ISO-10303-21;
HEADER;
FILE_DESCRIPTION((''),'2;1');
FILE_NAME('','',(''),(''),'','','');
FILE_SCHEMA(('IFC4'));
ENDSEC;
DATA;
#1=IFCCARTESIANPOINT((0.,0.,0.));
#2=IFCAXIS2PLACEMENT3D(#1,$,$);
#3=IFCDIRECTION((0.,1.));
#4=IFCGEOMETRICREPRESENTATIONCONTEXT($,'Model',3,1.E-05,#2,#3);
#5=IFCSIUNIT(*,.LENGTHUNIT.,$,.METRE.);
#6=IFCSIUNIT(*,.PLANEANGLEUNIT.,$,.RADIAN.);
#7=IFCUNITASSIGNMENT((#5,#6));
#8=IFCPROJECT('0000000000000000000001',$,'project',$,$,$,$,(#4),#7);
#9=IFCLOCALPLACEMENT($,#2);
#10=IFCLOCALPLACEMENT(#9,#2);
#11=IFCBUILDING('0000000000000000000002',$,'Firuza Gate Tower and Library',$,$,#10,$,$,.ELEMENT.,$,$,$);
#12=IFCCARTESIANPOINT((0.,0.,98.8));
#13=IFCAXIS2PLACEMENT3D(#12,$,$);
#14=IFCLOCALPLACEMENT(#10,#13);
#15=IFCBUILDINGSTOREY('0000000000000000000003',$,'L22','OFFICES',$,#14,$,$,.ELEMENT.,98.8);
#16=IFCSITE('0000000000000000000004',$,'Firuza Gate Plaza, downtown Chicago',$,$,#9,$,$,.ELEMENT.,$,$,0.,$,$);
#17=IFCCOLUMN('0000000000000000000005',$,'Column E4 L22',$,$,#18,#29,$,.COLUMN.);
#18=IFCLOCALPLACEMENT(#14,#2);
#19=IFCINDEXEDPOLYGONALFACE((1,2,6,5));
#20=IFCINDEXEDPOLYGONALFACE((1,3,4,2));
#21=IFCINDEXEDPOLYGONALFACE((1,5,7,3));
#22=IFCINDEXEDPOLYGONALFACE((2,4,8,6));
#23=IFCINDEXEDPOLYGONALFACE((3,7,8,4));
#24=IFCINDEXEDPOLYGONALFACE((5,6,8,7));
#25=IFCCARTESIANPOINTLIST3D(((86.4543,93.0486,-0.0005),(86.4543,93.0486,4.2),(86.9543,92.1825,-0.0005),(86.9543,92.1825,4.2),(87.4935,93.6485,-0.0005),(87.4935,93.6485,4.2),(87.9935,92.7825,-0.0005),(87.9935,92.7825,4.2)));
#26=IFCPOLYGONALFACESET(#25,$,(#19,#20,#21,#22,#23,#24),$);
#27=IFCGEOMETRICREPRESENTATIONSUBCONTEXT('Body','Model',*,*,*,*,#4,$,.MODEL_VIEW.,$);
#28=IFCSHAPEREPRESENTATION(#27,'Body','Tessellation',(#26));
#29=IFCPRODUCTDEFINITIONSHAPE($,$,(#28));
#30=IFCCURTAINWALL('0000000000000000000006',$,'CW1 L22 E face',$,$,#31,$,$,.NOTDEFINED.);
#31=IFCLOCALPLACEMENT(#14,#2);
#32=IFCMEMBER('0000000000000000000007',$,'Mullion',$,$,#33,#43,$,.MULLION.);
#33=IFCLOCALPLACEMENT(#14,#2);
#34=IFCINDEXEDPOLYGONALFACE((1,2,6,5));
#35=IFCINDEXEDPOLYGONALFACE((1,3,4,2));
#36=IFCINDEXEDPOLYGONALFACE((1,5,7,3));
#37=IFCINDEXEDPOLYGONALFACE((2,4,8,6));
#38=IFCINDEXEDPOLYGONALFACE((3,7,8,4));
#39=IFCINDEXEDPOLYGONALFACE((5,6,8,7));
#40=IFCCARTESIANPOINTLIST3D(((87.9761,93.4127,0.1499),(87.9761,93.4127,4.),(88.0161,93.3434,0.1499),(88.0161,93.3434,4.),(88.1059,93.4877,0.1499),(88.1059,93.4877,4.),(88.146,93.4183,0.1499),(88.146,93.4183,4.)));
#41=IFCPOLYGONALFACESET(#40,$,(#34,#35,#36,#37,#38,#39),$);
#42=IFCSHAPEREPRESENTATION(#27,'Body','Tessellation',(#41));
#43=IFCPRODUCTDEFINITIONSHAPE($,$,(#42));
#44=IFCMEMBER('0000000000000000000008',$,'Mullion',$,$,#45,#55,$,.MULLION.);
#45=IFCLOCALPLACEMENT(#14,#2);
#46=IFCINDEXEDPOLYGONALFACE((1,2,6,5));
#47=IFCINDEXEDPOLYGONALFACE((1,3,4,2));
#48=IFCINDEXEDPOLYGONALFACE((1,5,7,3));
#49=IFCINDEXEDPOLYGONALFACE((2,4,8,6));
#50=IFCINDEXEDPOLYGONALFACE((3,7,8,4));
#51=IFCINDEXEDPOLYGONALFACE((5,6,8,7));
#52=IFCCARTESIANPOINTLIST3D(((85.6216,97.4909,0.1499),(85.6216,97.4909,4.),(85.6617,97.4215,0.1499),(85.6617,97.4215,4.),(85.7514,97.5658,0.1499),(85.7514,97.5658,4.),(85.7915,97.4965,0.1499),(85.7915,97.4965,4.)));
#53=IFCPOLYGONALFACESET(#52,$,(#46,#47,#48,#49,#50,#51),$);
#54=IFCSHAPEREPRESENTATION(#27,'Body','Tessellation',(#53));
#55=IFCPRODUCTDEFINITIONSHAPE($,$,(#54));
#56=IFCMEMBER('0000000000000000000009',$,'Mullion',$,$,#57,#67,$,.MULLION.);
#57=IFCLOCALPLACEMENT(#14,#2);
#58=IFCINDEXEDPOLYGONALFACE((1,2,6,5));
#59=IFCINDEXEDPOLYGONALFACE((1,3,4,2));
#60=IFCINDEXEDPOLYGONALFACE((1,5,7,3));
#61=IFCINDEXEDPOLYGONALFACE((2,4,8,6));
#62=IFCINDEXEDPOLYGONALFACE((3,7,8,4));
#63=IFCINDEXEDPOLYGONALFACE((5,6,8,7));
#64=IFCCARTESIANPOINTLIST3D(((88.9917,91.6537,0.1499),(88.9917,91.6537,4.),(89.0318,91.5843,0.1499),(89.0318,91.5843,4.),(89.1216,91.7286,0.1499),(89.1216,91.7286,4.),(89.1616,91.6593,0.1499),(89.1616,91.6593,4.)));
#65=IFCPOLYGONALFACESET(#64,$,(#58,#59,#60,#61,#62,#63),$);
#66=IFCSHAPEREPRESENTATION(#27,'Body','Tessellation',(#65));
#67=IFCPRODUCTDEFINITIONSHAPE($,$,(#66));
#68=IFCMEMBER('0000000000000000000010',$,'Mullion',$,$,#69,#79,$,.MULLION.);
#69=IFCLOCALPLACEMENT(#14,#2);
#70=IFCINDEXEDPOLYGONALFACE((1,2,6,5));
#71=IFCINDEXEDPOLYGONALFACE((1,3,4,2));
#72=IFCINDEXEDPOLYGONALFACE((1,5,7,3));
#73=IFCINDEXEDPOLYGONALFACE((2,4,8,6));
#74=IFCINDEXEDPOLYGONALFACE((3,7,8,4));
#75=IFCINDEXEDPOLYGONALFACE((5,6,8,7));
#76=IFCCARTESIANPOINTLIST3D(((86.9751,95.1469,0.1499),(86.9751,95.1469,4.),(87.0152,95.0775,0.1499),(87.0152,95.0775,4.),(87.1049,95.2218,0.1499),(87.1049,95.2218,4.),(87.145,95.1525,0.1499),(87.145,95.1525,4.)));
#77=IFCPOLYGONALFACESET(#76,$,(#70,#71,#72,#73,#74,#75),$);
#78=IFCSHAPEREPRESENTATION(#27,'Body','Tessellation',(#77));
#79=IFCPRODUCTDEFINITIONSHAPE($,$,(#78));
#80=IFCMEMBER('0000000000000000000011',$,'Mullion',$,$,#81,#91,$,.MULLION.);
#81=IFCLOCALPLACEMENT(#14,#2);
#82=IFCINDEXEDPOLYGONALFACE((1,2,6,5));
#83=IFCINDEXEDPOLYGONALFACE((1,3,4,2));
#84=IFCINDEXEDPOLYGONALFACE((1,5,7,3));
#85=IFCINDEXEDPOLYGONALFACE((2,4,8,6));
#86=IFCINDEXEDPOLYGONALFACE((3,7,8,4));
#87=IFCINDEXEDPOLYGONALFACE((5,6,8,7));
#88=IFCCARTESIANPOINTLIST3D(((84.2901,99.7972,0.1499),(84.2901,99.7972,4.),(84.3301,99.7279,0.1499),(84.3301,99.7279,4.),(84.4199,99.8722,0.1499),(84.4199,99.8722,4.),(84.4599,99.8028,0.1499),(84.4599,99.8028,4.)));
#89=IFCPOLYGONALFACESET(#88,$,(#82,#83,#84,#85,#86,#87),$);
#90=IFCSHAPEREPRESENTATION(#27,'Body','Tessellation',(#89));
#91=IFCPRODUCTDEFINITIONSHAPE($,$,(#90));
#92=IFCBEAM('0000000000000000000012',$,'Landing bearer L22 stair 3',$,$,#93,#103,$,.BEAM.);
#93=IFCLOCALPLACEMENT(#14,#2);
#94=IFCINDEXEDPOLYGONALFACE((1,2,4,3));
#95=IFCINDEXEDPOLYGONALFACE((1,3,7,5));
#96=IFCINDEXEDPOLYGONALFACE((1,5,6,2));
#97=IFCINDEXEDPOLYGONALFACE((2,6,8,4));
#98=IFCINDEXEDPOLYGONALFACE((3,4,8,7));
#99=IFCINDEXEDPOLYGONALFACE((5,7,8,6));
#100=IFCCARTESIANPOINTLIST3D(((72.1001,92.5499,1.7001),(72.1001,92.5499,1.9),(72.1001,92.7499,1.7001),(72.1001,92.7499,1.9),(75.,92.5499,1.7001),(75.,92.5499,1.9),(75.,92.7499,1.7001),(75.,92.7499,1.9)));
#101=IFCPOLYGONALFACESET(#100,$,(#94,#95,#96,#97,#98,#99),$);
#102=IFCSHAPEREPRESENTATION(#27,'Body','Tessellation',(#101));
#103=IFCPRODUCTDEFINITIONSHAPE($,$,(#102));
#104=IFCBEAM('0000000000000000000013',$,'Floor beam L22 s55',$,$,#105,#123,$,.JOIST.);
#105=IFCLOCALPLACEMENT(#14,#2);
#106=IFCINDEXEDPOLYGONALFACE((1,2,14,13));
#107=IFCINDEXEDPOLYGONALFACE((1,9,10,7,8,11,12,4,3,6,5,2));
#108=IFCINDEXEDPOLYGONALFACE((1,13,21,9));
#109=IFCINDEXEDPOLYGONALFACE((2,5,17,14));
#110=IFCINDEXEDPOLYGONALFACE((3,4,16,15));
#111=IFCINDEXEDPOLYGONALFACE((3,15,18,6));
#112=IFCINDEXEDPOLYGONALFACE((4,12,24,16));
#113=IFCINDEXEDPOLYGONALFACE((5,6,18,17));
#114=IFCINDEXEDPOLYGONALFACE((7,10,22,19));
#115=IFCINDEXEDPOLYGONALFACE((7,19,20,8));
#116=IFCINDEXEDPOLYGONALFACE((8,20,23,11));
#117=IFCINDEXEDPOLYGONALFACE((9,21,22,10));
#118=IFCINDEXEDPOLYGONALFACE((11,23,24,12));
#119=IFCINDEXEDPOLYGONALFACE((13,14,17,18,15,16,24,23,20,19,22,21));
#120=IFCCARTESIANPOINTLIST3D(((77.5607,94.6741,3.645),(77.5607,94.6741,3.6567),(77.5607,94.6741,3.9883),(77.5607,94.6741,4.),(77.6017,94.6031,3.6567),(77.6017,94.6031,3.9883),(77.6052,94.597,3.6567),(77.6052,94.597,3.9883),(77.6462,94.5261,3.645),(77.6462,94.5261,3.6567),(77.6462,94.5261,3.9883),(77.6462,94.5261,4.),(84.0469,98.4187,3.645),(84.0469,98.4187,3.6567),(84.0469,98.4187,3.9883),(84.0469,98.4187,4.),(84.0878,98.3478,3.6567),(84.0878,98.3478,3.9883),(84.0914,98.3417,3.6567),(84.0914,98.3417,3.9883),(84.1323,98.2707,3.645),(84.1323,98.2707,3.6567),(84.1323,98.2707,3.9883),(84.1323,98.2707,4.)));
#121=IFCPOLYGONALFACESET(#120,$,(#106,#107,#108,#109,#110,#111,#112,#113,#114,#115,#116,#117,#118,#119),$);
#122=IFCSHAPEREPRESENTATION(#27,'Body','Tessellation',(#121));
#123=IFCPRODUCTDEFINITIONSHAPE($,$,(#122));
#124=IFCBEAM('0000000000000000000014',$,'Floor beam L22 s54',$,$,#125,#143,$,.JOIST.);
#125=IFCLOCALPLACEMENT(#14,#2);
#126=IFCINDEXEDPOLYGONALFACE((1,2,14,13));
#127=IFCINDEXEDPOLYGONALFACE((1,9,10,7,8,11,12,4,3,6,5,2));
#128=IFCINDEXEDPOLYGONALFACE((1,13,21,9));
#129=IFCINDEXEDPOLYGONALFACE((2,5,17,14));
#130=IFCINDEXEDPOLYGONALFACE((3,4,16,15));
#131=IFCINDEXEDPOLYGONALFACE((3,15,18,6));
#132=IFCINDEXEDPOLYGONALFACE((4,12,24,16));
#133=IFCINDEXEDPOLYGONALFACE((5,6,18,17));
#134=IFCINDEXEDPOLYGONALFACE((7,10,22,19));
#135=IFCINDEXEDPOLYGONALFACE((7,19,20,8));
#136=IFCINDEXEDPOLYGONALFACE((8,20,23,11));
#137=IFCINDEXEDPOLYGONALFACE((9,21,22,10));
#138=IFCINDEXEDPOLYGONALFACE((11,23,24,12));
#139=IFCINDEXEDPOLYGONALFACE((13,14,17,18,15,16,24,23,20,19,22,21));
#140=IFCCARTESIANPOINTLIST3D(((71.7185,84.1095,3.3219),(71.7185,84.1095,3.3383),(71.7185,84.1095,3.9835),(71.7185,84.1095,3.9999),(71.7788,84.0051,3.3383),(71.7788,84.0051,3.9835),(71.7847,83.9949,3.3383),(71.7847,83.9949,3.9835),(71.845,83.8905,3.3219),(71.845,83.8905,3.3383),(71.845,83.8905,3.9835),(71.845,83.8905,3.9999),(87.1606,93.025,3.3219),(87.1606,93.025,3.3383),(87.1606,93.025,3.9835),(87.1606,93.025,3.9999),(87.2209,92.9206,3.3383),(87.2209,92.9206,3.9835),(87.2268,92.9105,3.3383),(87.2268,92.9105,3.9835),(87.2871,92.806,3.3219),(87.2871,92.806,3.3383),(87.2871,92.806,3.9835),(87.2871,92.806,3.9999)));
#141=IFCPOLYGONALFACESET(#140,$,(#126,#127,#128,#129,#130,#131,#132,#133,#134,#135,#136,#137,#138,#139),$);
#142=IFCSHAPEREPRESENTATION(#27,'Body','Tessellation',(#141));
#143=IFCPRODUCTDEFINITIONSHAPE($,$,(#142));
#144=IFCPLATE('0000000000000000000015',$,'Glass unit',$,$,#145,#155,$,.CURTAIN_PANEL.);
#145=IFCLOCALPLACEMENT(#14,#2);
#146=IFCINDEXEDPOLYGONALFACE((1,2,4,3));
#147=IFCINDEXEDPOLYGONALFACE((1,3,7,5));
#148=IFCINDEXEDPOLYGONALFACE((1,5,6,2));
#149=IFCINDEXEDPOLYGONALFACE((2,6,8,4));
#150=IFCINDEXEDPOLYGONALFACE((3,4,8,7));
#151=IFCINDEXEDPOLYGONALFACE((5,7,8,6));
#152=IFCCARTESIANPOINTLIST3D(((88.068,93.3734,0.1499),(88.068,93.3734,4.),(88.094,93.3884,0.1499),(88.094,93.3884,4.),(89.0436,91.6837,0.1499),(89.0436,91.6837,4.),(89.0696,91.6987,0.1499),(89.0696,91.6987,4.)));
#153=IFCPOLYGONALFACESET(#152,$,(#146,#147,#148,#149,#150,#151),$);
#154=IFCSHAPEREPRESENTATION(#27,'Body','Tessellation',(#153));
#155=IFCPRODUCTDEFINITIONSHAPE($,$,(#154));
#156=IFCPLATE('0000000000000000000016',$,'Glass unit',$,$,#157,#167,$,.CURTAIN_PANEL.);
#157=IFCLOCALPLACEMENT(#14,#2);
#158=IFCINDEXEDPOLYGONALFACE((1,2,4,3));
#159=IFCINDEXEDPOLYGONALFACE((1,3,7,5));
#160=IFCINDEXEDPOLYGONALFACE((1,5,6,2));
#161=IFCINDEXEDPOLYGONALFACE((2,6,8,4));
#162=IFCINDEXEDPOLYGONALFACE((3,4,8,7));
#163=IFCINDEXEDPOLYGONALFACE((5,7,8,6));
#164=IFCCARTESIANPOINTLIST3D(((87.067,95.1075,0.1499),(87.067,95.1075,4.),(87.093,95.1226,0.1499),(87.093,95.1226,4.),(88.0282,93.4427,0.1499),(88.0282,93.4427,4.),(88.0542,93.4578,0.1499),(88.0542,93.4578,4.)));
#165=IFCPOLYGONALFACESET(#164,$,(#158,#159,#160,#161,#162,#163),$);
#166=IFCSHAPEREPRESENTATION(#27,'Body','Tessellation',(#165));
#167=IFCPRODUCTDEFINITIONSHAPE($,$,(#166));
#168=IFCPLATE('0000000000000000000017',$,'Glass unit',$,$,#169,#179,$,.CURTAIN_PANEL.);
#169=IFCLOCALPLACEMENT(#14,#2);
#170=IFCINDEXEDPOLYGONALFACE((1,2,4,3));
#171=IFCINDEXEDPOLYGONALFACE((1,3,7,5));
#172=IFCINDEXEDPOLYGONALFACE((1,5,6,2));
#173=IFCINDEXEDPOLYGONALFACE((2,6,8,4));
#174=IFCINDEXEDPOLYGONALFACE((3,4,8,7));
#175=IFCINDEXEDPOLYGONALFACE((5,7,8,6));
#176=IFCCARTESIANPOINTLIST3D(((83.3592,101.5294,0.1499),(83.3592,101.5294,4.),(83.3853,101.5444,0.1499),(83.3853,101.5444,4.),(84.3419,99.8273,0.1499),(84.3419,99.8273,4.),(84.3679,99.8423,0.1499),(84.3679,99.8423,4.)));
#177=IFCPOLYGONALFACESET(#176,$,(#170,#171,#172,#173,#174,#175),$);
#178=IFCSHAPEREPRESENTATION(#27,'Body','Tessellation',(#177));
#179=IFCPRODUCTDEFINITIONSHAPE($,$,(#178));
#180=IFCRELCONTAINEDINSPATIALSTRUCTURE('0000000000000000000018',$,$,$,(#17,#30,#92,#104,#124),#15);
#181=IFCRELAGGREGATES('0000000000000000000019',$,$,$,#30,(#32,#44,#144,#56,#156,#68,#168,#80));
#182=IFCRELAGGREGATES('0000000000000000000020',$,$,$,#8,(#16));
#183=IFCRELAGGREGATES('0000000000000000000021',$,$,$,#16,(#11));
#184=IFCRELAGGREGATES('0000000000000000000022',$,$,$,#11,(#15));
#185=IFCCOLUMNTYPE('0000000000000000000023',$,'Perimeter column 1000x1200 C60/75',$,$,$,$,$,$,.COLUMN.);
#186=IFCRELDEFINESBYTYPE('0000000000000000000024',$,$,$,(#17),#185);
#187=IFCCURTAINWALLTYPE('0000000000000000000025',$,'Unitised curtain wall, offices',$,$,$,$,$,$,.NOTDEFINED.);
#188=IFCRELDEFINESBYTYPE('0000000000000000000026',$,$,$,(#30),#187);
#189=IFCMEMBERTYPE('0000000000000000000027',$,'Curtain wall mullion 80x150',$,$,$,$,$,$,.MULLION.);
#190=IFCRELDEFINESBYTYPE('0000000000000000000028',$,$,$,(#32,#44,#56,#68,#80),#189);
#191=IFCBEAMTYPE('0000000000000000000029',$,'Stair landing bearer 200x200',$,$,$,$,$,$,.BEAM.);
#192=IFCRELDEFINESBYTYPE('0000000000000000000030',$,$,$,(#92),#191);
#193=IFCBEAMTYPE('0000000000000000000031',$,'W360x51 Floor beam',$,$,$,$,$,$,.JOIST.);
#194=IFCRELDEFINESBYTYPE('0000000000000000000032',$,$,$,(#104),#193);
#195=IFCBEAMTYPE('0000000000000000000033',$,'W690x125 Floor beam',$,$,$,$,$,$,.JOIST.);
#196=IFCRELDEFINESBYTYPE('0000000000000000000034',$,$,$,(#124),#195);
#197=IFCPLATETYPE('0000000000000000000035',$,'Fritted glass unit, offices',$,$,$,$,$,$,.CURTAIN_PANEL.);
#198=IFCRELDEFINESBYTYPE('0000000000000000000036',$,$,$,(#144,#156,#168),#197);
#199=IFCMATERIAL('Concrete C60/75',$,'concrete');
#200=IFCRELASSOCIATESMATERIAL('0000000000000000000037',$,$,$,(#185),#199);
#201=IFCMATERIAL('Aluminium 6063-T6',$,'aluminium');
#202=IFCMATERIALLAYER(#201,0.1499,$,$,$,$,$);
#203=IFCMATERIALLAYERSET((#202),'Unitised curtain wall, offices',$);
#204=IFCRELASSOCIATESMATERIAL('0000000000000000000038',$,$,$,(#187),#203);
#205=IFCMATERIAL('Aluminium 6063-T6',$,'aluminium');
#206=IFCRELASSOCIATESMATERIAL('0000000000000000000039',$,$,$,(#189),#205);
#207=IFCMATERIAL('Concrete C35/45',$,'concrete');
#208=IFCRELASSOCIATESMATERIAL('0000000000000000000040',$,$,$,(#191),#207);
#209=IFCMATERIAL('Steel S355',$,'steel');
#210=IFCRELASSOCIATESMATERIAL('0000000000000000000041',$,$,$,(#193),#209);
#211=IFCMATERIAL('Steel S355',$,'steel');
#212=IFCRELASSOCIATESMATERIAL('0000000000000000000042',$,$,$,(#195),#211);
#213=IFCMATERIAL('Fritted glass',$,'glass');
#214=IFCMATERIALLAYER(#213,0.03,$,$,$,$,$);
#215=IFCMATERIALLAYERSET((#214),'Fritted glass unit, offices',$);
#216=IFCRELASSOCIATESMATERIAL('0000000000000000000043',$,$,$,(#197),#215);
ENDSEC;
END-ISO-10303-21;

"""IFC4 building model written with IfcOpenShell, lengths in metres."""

from ifc_helpers import new_model, si_unit, direction, frame, origin, origin_2d, place, context, subcontext, project, spatial, polyline, rectangle, i_section, outline, extrude, material, layer, layer_set, material_profile, profile_set, type_object, element, aggregate, save


model = new_model("IFC4")

# Units and contexts
model_context = context("Model", 3, precision=1e-05, world=origin(), true_north=direction((0.0, 1.0)))
body_context = subcontext(model_context, "Body", "Model", "MODEL_VIEW")
ifc_project = project(units=[si_unit("LENGTHUNIT", "METRE"), si_unit("PLANEANGLEUNIT", "RADIAN")], contexts=[model_context])

# Site, building, storey
site_placement = place(None, origin())
site = spatial("IfcSite", under=ifc_project, at=site_placement, Name="Firuza Gate Plaza, downtown Chicago", CompositionType="ELEMENT", RefElevation=0.0)
building_placement = place(site_placement, origin())
building = spatial("IfcBuilding", under=site, at=building_placement, Name="Firuza Gate Tower and Library", CompositionType="ELEMENT")
storey_placement = place(building_placement, frame((0.0, 0.0, 98.8)))
storey = spatial("IfcBuildingStorey", under=building, at=storey_placement, Name="L22", Description="OFFICES", CompositionType="ELEMENT", Elevation=98.8)

# Column
ifc_material_1 = material(Name="Concrete C60/75", Category="concrete")
ifc_material_profile_1 = material_profile(ifc_material_1, rectangle(XDim=1.0, YDim=1.2, at=origin_2d()))
ifc_profile_set_1 = profile_set([ifc_material_profile_1], Name="Concrete C60/75")
column_type = type_object("IfcColumnType", Name="Perimeter column 1000x1200 C60/75", PredefinedType="COLUMN", material=ifc_profile_set_1)
column_placement = place(storey_placement, frame((87.2239, 92.9155, -0.0005), z_axis=(0.0, 0.0, 1.0), x_axis=(-0.5, 0.866025, 0.0)))
element("IfcColumn", 1, at=column_placement, inside=storey, type_object=column_type, Name="Column E4 L22", PredefinedType="COLUMN", context=body_context, shape_type="SweptSolid", body=[
    extrude(rectangle(XDim=1.0, YDim=1.2, at=origin_2d()), origin(), (0.0, 0.0, 1.0), 4.2004),
])

# Curtain wall, members
ifc_material_2 = material(Name="Aluminium 6063-T6", Category="aluminium")
ifc_layer_1 = layer(ifc_material_2, 0.1499)
ifc_layer_set_1 = layer_set([ifc_layer_1], Name="Unitised curtain wall, offices")
curtain_wall_type = type_object("IfcCurtainWallType", Name="Unitised curtain wall, offices", PredefinedType="NOTDEFINED", material=ifc_layer_set_1)
placement = place(storey_placement, origin())
curtain_wall = element("IfcCurtainWall", 2, at=placement, inside=storey, type_object=curtain_wall_type, Name="CW1 L22 E face", PredefinedType="NOTDEFINED")
ifc_material_3 = material(Name="Aluminium 6063-T6", Category="aluminium")
ifc_material_profile_2 = material_profile(ifc_material_3, rectangle(XDim=0.1499, YDim=0.0801, at=origin_2d()))
ifc_profile_set_2 = profile_set([ifc_material_profile_2], Name="Aluminium 6063-T6")
member_type = type_object("IfcMemberType", Name="Curtain wall mullion 80x150", PredefinedType="MULLION", material=ifc_profile_set_2)
member_1_placement = place(storey_placement, frame((88.061, 93.4155, 0.1499), z_axis=(0.0, 0.0, 1.0), x_axis=(-0.866025, -0.5, 0.0)))
member_1 = element("IfcMember", 3, at=member_1_placement, type_object=member_type, Name="Mullion", PredefinedType="MULLION", context=body_context, shape_type="SweptSolid", body=[
    extrude(rectangle(XDim=0.1499, YDim=0.0801, at=origin_2d()), origin(), (0.0, 0.0, 1.0), 3.8501),
])
member_2_placement = place(storey_placement, frame((85.7065, 97.4937, 0.1499), z_axis=(0.0, 0.0, 1.0), x_axis=(-0.866025, -0.5, 0.0)))
member_2 = element("IfcMember", 4, at=member_2_placement, type_object=member_type, Name="Mullion", PredefinedType="MULLION", context=body_context, shape_type="SweptSolid", body=[
    extrude(rectangle(XDim=0.1499, YDim=0.0801, at=origin_2d()), origin(), (0.0, 0.0, 1.0), 3.8501),
])
member_3_placement = place(storey_placement, frame((89.0767, 91.6565, 0.1499), z_axis=(0.0, 0.0, 1.0), x_axis=(-0.866025, -0.5, 0.0)))
member_3 = element("IfcMember", 5, at=member_3_placement, type_object=member_type, Name="Mullion", PredefinedType="MULLION", context=body_context, shape_type="SweptSolid", body=[
    extrude(rectangle(XDim=0.1499, YDim=0.0801, at=origin_2d()), origin(), (0.0, 0.0, 1.0), 3.8501),
])
member_4_placement = place(storey_placement, frame((87.0601, 95.1497, 0.1499), z_axis=(0.0, 0.0, 1.0), x_axis=(-0.866025, -0.5, 0.0)))
member_4 = element("IfcMember", 6, at=member_4_placement, type_object=member_type, Name="Mullion", PredefinedType="MULLION", context=body_context, shape_type="SweptSolid", body=[
    extrude(rectangle(XDim=0.1499, YDim=0.0801, at=origin_2d()), origin(), (0.0, 0.0, 1.0), 3.8501),
])
member_5_placement = place(storey_placement, frame((84.375, 99.8, 0.1499), z_axis=(0.0, 0.0, 1.0), x_axis=(-0.866025, -0.5, 0.0)))
member_5 = element("IfcMember", 7, at=member_5_placement, type_object=member_type, Name="Mullion", PredefinedType="MULLION", context=body_context, shape_type="SweptSolid", body=[
    extrude(rectangle(XDim=0.1499, YDim=0.0801, at=origin_2d()), origin(), (0.0, 0.0, 1.0), 3.8501),
])

# Beams
ifc_material_4 = material(Name="Concrete C35/45", Category="concrete")
ifc_material_profile_3 = material_profile(ifc_material_4, rectangle(XDim=0.2, YDim=0.2, at=origin_2d()))
ifc_profile_set_3 = profile_set([ifc_material_profile_3], Name="Concrete C35/45")
beam_type_1 = type_object("IfcBeamType", Name="Stair landing bearer 200x200", PredefinedType="BEAM", material=ifc_profile_set_3)
beam_1_placement = place(storey_placement, frame((75.0, 92.6499, 1.8), z_axis=(-1.0, 0.0, 0.0), x_axis=(0.0, -1.0, 0.0)))
element("IfcBeam", 8, at=beam_1_placement, inside=storey, type_object=beam_type_1, Name="Landing bearer L22 stair 3", PredefinedType="BEAM", context=body_context, shape_type="SweptSolid", body=[
    extrude(rectangle(XDim=0.2, YDim=0.2, at=origin_2d()), origin(), (0.0, 0.0, 1.0), 2.8999),
])
ifc_material_5 = material(Name="Steel S355", Category="steel")
ifc_material_profile_4 = material_profile(ifc_material_5, i_section(OverallWidth=0.1709, OverallDepth=0.355, WebThickness=0.0071, FlangeThickness=0.0117, at=origin_2d()))
ifc_profile_set_4 = profile_set([ifc_material_profile_4], Name="Steel S355")
beam_type_2 = type_object("IfcBeamType", Name="W360x51 Floor beam", PredefinedType="JOIST", material=ifc_profile_set_4)
beam_2_placement = place(storey_placement, frame((84.0896, 98.3447, 3.8225), z_axis=(-0.866032, -0.499989, 0.0), x_axis=(0.499989, -0.866032, 0.0)))
element("IfcBeam", 9, at=beam_2_placement, inside=storey, type_object=beam_type_2, Name="Floor beam L22 s55", PredefinedType="JOIST", context=body_context, shape_type="SweptSolid", body=[
    extrude(i_section(OverallWidth=0.1709, OverallDepth=0.355, WebThickness=0.0071, FlangeThickness=0.0117, at=origin_2d()), origin(), (0.0, 0.0, 1.0), 7.4895),
])
ifc_material_6 = material(Name="Steel S355", Category="steel")
ifc_material_profile_5 = material_profile(ifc_material_6, i_section(OverallWidth=0.2529, OverallDepth=0.678, WebThickness=0.0117, FlangeThickness=0.0164, at=origin_2d()))
ifc_profile_set_5 = profile_set([ifc_material_profile_5], Name="Steel S355")
beam_type_3 = type_object("IfcBeamType", Name="W690x125 Floor beam", PredefinedType="JOIST", material=ifc_profile_set_5)
beam_3_placement = place(storey_placement, frame((87.2239, 92.9155, 3.6609), z_axis=(-0.866025, -0.5, 0.0), x_axis=(0.5, -0.866025, 0.0)))
element("IfcBeam", 10, at=beam_3_placement, inside=storey, type_object=beam_type_3, Name="Floor beam L22 s54", PredefinedType="JOIST", context=body_context, shape_type="SweptSolid", body=[
    extrude(i_section(OverallWidth=0.2529, OverallDepth=0.678, WebThickness=0.0117, FlangeThickness=0.0164, at=origin_2d()), origin(), (0.0, 0.0, 1.0), 17.8311),
])

# Plates
ifc_material_7 = material(Name="Fritted glass", Category="glass")
ifc_layer_2 = layer(ifc_material_7, 0.03)
ifc_layer_set_2 = layer_set([ifc_layer_2], Name="Fritted glass unit, offices")
plate_type_1 = type_object("IfcPlateType", Name="Fritted glass unit, offices", PredefinedType="CURTAIN_PANEL", material=ifc_layer_set_2)
plate_1_placement = place(storey_placement, frame((89.0696, 91.6987, 0.1499), z_axis=(0.866017, 0.500015, 0.0), x_axis=(-0.500015, 0.866017, 0.0)))
plate_1 = element("IfcPlate", 11, at=plate_1_placement, type_object=plate_type_1, Name="Glass unit", PredefinedType="CURTAIN_PANEL", context=body_context, shape_type="SweptSolid", body=[
    extrude(outline(polyline([(0.0, 0.0), (1.9511, 0.0), (1.9511, 3.8501), (0.0, 3.8501), (0.0, 0.0)])), origin(), (0.0, 0.0, -1.0), 0.03),
])
plate_2_placement = place(storey_placement, frame((88.0542, 93.4578, 0.1499), z_axis=(0.866023, 0.500005, 0.0), x_axis=(-0.500005, 0.866023, 0.0)))
plate_2 = element("IfcPlate", 12, at=plate_2_placement, type_object=plate_type_1, Name="Glass unit", PredefinedType="CURTAIN_PANEL", context=body_context, shape_type="SweptSolid", body=[
    extrude(outline(polyline([(0.0, 0.0), (1.9223, 0.0), (1.9223, 3.8501), (0.0, 3.8501), (0.0, 0.0)])), origin(), (0.0, 0.0, -1.0), 0.03),
])
plate_3_placement = place(storey_placement, frame((84.3679, 99.8423, 0.1499), z_axis=(0.866041, 0.499973, 0.0), x_axis=(-0.499973, 0.866041, 0.0)))
plate_3 = element("IfcPlate", 13, at=plate_3_placement, type_object=plate_type_1, Name="Glass unit", PredefinedType="CURTAIN_PANEL", context=body_context, shape_type="SweptSolid", body=[
    extrude(outline(polyline([(0.0, 0.0), (1.9654, 0.0), (1.9654, 3.8501), (0.0, 3.8501), (0.0, 0.0)])), origin(), (0.0, 0.0, -1.0), 0.03),
])
aggregate(curtain_wall, [member_1, member_2, plate_1, member_3, plate_2, member_4, plate_3, member_5])

save(model, "model.ifc")
